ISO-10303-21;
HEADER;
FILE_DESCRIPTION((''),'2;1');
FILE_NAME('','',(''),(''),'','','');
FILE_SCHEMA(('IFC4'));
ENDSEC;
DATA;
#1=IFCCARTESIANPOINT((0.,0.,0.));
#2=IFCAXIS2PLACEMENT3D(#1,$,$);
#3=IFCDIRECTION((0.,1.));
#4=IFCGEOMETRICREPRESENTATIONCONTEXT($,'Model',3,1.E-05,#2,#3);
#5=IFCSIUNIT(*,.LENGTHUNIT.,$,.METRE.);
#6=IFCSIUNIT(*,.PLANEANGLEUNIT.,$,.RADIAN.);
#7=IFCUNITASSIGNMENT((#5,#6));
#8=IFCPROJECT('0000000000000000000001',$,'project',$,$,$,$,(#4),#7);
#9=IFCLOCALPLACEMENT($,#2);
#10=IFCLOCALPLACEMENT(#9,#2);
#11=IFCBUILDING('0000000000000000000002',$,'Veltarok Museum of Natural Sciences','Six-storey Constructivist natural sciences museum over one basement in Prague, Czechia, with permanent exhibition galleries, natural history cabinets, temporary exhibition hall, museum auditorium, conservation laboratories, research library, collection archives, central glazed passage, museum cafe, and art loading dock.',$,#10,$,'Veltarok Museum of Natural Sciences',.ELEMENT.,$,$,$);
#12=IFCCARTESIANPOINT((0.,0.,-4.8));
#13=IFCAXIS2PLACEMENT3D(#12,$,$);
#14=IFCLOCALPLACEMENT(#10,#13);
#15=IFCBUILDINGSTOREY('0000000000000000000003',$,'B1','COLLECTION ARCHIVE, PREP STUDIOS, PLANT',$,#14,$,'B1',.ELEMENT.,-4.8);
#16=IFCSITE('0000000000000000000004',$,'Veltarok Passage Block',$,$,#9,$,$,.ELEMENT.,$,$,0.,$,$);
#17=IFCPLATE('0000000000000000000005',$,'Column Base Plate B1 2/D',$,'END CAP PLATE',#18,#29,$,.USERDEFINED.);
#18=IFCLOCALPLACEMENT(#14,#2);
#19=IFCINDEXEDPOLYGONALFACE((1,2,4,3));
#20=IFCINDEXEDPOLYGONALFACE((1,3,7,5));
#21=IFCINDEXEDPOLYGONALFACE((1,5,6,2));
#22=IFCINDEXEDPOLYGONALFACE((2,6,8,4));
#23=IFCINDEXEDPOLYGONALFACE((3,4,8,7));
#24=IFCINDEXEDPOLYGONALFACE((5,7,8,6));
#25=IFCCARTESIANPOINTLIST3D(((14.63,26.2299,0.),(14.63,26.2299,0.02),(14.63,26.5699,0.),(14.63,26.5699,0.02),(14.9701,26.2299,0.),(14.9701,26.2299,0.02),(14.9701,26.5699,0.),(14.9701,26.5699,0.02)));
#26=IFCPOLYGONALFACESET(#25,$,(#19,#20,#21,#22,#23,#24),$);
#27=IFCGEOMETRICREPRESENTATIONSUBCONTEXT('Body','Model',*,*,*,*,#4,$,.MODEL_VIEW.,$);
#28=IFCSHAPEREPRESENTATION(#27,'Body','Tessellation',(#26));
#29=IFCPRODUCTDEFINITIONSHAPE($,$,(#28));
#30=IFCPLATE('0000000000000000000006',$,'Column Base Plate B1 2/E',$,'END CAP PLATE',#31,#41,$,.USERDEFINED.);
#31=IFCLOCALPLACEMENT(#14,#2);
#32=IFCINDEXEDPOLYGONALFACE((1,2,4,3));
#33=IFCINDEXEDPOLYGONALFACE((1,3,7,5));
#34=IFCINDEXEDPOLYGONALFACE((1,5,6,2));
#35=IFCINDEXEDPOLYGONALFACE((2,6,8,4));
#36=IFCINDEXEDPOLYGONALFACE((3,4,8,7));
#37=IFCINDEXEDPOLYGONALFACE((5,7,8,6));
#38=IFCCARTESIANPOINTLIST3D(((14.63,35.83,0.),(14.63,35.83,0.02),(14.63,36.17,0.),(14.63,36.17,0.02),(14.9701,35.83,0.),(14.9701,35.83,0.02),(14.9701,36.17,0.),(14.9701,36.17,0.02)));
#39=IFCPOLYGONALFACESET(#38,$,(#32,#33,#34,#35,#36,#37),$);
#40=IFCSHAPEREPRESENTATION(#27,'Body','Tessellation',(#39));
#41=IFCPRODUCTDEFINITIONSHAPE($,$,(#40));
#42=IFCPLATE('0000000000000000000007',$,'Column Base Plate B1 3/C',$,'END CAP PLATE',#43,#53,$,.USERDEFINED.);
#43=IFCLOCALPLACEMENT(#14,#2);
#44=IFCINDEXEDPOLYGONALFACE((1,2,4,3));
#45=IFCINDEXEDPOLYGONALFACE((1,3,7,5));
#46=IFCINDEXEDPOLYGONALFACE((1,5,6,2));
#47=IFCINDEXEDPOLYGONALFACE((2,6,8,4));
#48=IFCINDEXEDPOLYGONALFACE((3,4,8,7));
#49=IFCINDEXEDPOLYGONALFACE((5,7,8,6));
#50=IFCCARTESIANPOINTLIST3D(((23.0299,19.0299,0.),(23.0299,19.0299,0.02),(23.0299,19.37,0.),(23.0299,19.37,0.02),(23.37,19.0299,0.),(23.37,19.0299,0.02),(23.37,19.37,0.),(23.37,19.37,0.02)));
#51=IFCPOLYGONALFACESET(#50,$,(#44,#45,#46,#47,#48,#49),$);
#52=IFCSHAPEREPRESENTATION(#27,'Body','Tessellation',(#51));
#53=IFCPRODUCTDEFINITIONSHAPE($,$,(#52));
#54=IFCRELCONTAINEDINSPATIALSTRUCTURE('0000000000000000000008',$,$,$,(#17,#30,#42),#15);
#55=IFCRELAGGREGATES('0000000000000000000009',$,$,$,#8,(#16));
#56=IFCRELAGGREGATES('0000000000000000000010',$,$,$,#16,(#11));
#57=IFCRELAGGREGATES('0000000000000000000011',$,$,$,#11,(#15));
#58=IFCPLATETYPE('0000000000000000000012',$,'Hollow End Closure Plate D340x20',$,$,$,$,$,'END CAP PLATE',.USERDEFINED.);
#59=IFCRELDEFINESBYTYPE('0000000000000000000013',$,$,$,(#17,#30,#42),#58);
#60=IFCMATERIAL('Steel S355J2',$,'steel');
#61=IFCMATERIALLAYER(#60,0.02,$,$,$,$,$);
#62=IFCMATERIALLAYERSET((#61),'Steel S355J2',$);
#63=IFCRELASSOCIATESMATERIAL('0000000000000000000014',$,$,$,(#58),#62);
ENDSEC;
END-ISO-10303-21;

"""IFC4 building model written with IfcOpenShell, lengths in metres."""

from ifc_helpers import new_model, si_unit, direction, frame, origin, origin_2d, place, context, subcontext, project, spatial, rectangle, extrude, material, layer, layer_set, type_object, element, save


model = new_model("IFC4")

# Units and contexts
model_context = context("Model", 3, precision=1e-05, world=origin(), true_north=direction((0.0, 1.0)))
body_context = subcontext(model_context, "Body", "Model", "MODEL_VIEW")
ifc_project = project(units=[si_unit("LENGTHUNIT", "METRE"), si_unit("PLANEANGLEUNIT", "RADIAN")], contexts=[model_context])

# Site, building, storey
site_placement = place(None, origin())
site = spatial("IfcSite", under=ifc_project, at=site_placement, Name="Veltarok Passage Block", CompositionType="ELEMENT", RefElevation=0.0)
building_placement = place(site_placement, origin())
building = spatial("IfcBuilding", under=site, at=building_placement, Name="Veltarok Museum of Natural Sciences", Description="Six-storey Constructivist natural sciences museum over one basement in Prague, Czechia, with permanent exhibition galleries, natural history cabinets, temporary exhibition hall, museum auditorium, conservation laboratories, research library, collection archives, central glazed passage, museum cafe, and art loading dock.", LongName="Veltarok Museum of Natural Sciences", CompositionType="ELEMENT")
storey_placement = place(building_placement, frame((0.0, 0.0, -4.8)))
storey = spatial("IfcBuildingStorey", under=building, at=storey_placement, Name="B1", Description="COLLECTION ARCHIVE, PREP STUDIOS, PLANT", LongName="B1", CompositionType="ELEMENT", Elevation=-4.8)

# Shared definitions
ifc_material_1 = material(Name="Steel S355J2", Category="steel")

# Plates
ifc_layer = layer(ifc_material_1, 0.02)
ifc_layer_set = layer_set([ifc_layer], Name="Steel S355J2")
plate_type = type_object("IfcPlateType", Name="Hollow End Closure Plate D340x20", ElementType="END CAP PLATE", PredefinedType="USERDEFINED", material=ifc_layer_set)
for number, where, z_axis, x_axis, name in (
    (1, (14.8, 26.3999, 0.0), (0.0, 0.0, 1.0), (1.0, 0.0, 0.0), "Column Base Plate B1 2/D"),
    (2, (14.8, 36.0, 0.0), (0.0, 0.0, 1.0), (1.0, 0.0, 0.0), "Column Base Plate B1 2/E"),
    (3, (23.2, 19.2, 0.0), (0.0, 0.0, 1.0), (1.0, 0.0, 0.0), "Column Base Plate B1 3/C"),
):
    element("IfcPlate", number, at=place(storey_placement, frame(where, z_axis=z_axis, x_axis=x_axis)), inside=storey, type_object=plate_type, Name=name, ObjectType="END CAP PLATE", PredefinedType="USERDEFINED", context=body_context, shape_type="SweptSolid", body=[
        extrude(rectangle(XDim=0.3401, YDim=0.3401, at=origin_2d()), origin(), (0.0, 0.0, 1.0), 0.02),
    ])

save(model, "model.ifc")
